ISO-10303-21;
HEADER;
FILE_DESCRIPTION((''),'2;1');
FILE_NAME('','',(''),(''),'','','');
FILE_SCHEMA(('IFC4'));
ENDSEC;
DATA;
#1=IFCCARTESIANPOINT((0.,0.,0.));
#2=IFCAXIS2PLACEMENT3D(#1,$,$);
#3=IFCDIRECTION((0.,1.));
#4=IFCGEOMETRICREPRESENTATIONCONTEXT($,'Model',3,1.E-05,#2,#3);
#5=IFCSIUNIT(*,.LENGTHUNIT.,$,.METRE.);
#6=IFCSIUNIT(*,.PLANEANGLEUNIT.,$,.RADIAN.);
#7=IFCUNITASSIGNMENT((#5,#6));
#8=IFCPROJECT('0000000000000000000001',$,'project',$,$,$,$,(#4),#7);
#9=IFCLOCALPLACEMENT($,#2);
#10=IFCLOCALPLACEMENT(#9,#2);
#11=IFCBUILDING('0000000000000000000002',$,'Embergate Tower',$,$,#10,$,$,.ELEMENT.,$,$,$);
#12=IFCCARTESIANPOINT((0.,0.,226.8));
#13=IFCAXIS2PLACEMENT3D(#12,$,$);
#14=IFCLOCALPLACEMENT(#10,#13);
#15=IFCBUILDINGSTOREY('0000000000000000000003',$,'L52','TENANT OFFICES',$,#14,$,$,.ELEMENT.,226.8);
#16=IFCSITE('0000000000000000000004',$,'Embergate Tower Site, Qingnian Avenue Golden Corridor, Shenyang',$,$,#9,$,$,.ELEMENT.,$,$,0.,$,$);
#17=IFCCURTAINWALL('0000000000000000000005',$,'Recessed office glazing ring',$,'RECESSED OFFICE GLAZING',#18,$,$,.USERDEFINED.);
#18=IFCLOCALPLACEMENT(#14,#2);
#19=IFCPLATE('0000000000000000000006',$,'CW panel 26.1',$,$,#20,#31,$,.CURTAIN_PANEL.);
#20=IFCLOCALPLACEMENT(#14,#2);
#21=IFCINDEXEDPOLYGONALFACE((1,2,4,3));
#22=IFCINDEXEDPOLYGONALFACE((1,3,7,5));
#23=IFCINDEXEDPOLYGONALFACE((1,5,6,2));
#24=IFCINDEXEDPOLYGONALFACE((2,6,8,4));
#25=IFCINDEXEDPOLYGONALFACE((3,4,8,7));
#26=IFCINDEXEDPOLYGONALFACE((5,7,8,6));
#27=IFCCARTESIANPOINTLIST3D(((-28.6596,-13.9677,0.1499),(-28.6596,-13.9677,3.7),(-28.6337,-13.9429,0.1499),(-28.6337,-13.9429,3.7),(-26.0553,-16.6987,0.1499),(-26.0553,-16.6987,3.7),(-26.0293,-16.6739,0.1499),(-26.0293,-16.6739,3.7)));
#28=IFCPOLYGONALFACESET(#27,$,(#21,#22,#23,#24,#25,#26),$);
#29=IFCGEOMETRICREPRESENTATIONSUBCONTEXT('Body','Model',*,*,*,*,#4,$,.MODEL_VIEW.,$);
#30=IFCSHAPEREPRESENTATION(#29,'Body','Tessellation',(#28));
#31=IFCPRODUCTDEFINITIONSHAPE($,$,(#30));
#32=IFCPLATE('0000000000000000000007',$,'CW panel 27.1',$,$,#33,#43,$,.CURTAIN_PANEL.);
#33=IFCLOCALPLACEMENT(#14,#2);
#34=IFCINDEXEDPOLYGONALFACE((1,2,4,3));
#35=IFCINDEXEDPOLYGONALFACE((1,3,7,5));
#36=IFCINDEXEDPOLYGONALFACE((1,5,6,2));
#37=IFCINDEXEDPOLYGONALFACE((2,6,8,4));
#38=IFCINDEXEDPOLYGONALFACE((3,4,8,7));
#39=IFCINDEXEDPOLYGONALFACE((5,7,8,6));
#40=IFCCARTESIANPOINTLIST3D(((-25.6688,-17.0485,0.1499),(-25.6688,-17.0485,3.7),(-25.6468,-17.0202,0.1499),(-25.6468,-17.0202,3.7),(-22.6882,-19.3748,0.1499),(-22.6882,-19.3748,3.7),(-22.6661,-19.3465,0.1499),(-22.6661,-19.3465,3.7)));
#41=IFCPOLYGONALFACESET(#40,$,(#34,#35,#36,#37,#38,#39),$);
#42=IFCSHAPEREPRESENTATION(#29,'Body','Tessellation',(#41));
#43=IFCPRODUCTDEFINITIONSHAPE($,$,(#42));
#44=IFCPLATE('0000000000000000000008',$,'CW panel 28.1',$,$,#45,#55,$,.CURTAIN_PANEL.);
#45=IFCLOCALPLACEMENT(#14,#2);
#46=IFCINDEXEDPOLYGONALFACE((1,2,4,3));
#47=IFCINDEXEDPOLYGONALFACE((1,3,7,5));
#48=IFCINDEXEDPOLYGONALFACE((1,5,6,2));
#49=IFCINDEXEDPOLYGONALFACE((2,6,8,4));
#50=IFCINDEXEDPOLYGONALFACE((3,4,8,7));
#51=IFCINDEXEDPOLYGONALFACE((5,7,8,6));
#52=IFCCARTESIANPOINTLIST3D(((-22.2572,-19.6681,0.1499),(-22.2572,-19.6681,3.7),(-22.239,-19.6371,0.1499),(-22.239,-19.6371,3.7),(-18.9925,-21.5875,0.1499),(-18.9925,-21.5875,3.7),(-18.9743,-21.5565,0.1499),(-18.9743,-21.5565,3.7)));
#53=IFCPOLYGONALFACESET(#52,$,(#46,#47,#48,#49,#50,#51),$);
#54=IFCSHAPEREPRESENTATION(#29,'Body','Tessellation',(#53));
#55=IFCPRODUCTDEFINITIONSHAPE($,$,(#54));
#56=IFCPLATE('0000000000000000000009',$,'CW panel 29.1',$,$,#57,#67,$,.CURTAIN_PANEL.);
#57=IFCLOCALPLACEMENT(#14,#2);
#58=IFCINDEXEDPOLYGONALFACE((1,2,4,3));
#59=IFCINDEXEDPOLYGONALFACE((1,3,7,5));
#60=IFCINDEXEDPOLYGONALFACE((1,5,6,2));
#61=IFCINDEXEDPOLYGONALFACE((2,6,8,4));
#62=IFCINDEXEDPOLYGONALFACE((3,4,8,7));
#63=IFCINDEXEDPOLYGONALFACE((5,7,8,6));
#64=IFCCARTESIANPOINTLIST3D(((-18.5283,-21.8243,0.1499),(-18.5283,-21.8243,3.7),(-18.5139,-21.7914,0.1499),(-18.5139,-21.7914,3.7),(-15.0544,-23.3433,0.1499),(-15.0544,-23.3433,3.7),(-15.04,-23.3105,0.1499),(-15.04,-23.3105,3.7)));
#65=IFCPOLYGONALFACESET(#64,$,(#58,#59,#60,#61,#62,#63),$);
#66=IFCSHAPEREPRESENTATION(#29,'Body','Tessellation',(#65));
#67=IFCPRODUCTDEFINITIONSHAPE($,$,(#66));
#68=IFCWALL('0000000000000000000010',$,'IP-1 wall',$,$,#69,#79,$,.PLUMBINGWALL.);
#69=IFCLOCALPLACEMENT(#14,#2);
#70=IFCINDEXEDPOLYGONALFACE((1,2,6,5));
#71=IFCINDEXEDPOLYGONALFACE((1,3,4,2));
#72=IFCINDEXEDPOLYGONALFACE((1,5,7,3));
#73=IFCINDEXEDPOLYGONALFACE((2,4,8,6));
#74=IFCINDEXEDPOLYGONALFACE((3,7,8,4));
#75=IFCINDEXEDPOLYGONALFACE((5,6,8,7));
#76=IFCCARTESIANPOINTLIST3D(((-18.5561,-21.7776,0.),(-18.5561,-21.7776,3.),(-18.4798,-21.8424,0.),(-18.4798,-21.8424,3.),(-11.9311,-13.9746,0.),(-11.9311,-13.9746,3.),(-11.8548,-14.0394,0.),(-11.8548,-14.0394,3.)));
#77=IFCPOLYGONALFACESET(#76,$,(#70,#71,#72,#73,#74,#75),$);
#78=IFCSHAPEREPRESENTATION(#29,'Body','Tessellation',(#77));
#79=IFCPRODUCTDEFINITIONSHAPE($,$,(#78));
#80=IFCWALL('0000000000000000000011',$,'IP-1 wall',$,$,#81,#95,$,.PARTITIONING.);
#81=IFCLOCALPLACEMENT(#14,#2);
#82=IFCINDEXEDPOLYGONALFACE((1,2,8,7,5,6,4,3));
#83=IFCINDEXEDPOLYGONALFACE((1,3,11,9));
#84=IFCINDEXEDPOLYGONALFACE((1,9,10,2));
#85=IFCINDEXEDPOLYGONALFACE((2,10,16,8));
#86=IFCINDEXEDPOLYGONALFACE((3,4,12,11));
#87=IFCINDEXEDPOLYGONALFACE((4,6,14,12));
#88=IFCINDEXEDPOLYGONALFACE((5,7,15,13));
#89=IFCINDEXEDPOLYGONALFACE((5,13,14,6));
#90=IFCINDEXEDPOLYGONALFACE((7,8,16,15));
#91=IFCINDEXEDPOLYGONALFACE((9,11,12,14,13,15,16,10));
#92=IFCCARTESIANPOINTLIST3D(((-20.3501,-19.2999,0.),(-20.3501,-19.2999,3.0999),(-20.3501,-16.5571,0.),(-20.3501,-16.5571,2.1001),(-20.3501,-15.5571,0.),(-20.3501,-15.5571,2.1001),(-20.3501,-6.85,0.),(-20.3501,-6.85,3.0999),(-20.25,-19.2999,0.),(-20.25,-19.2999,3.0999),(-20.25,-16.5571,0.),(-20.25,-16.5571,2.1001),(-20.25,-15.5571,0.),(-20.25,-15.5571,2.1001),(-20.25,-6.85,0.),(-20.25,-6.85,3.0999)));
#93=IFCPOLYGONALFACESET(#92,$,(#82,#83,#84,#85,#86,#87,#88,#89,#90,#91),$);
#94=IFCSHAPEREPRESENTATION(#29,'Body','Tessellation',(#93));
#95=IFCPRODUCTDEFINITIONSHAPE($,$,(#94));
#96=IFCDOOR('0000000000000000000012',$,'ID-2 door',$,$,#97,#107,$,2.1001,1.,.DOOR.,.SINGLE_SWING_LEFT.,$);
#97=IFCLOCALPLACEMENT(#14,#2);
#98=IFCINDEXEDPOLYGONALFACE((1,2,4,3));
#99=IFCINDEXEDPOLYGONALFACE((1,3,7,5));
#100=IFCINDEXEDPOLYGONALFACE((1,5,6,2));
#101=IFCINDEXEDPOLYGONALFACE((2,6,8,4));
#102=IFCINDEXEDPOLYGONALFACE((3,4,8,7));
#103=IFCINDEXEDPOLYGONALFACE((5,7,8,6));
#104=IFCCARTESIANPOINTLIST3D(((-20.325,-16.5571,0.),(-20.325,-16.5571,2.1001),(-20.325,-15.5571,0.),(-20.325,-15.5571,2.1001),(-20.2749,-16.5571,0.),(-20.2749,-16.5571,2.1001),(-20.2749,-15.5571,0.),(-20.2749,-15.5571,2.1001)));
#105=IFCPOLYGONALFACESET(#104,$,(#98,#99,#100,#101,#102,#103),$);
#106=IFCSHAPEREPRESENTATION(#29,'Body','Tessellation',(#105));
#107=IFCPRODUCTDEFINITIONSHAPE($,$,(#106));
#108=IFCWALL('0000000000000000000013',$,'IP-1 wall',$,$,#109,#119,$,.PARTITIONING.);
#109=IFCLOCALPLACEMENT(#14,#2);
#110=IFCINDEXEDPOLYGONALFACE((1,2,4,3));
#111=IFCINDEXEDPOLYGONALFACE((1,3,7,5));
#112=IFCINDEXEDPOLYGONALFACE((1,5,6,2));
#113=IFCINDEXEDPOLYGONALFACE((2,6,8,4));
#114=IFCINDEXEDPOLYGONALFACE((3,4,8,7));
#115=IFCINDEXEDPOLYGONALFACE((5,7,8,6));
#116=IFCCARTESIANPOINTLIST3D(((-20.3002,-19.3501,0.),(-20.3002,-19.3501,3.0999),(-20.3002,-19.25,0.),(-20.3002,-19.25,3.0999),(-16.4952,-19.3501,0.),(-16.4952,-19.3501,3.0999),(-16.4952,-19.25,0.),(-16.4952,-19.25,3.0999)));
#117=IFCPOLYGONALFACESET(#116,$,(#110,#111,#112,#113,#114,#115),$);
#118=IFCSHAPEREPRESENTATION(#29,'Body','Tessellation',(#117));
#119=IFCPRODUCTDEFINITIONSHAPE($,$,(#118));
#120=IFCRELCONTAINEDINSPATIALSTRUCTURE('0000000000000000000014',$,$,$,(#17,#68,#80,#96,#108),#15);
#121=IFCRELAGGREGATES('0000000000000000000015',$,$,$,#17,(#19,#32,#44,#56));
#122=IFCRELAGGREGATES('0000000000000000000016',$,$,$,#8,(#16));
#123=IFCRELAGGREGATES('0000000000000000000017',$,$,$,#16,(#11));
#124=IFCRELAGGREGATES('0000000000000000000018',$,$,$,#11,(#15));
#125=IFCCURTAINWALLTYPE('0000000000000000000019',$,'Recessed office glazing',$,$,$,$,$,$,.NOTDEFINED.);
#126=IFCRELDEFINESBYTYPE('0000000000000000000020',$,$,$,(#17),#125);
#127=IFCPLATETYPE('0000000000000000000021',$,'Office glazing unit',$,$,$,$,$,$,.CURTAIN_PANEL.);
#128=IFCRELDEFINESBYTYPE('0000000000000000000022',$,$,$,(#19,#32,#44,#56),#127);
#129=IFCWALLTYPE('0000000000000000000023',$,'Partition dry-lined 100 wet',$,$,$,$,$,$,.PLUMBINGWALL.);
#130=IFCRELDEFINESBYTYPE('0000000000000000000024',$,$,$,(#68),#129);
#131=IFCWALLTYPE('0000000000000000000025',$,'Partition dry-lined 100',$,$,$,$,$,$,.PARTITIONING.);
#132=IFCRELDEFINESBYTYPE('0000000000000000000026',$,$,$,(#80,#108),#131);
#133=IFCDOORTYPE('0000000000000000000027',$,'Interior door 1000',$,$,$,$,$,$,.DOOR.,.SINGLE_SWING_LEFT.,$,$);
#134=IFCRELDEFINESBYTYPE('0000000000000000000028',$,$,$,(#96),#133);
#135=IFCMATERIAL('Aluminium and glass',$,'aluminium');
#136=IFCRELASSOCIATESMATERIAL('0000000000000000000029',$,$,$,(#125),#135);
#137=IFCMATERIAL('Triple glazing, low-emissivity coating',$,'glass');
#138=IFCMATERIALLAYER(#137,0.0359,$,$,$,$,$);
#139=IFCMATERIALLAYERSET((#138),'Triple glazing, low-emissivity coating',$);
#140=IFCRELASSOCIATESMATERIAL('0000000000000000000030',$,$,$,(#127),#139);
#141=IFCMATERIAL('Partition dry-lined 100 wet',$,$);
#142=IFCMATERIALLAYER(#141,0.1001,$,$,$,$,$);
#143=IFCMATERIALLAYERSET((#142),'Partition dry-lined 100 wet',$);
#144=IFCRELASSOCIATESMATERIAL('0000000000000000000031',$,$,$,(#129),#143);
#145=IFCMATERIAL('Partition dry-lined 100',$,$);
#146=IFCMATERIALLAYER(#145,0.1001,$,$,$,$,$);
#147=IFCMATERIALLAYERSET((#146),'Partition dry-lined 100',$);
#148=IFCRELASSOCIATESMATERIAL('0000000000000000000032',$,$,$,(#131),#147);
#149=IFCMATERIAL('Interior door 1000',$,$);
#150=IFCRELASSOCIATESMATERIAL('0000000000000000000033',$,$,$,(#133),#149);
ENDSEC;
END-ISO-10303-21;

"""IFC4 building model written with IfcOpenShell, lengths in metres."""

from ifc_helpers import new_model, si_unit, direction, frame, frame_2d, origin, origin_2d, place, context, subcontext, project, spatial, rectangle, extrude, source, transform, mapped, material, layer, layer_set, type_object, element, fill, aggregate, save


model = new_model("IFC4")

# Units and contexts
model_context = context("Model", 3, precision=1e-05, world=origin(), true_north=direction((0.0, 1.0)))
body_context = subcontext(model_context, "Body", "Model", "MODEL_VIEW")
ifc_project = project(units=[si_unit("LENGTHUNIT", "METRE"), si_unit("PLANEANGLEUNIT", "RADIAN")], contexts=[model_context])

# Site, building, storey
site_placement = place(None, origin())
site = spatial("IfcSite", under=ifc_project, at=site_placement, Name="Embergate Tower Site, Qingnian Avenue Golden Corridor, Shenyang", CompositionType="ELEMENT", RefElevation=0.0)
building_placement = place(site_placement, origin())
building = spatial("IfcBuilding", under=site, at=building_placement, Name="Embergate Tower", CompositionType="ELEMENT")
storey_placement = place(building_placement, frame((0.0, 0.0, 226.8)))
storey = spatial("IfcBuildingStorey", under=building, at=storey_placement, Name="L52", Description="TENANT OFFICES", CompositionType="ELEMENT", Elevation=226.8)

# Curtain wall, plates
ifc_material_1 = material(Name="Aluminium and glass", Category="aluminium")
curtain_wall_type = type_object("IfcCurtainWallType", Name="Recessed office glazing", PredefinedType="NOTDEFINED", material=ifc_material_1)
curtain_wall_placement = place(storey_placement, origin())
curtain_wall = element("IfcCurtainWall", 1, at=curtain_wall_placement, inside=storey, type_object=curtain_wall_type, Name="Recessed office glazing ring", ObjectType="RECESSED OFFICE GLAZING", PredefinedType="USERDEFINED")
ifc_material_2 = material(Name="Triple glazing, low-emissivity coating", Category="glass")
ifc_layer_1 = layer(ifc_material_2, 0.0359)
ifc_layer_set_1 = layer_set([ifc_layer_1], Name="Triple glazing, low-emissivity coating")
plate_type = type_object("IfcPlateType", Name="Office glazing unit", PredefinedType="CURTAIN_PANEL", material=ifc_layer_set_1)
shared_shape_1 = source(origin(), body_context, "Body", "SweptSolid", [
    extrude(rectangle(XDim=3.7737, YDim=0.0359, at=origin_2d()), origin(), (0.0, 0.0, 1.0), 3.55),
])
plate_1_placement = place(storey_placement, frame((-27.3445, -15.3208, 0.1499), z_axis=(0.0, 0.0, 1.0), x_axis=(0.69013, -0.723685, 0.0)))
plate_1 = element("IfcPlate", 2, at=plate_1_placement, type_object=plate_type, Name="CW panel 26.1", PredefinedType="CURTAIN_PANEL", context=body_context, shape_type="MappedRepresentation", body=[
    mapped(shared_shape_1, transform((0.0, 0.0, 0.0))),
])
shared_shape_2 = source(origin(), body_context, "Body", "SweptSolid", [
    extrude(rectangle(XDim=3.781, YDim=0.0359, at=origin_2d()), origin(), (0.0, 0.0, 1.0), 3.55),
])
plate_2_placement = place(storey_placement, frame((-24.1675, -18.1975, 0.1499), z_axis=(0.0, 0.0, 1.0), x_axis=(0.788317, -0.615269, 0.0)))
plate_2 = element("IfcPlate", 3, at=plate_2_placement, type_object=plate_type, Name="CW panel 27.1", PredefinedType="CURTAIN_PANEL", context=body_context, shape_type="MappedRepresentation", body=[
    mapped(shared_shape_2, transform((0.0, 0.0, 0.0))),
])
shared_shape_3 = source(origin(), body_context, "Body", "SweptSolid", [
    extrude(rectangle(XDim=3.7871, YDim=0.0359, at=origin_2d()), origin(), (0.0, 0.0, 1.0), 3.55),
])
plate_3_placement = place(storey_placement, frame((-20.6157, -20.6123, 0.1499), z_axis=(0.0, 0.0, 1.0), x_axis=(0.862051, -0.506822, 0.0)))
plate_3 = element("IfcPlate", 4, at=plate_3_placement, type_object=plate_type, Name="CW panel 28.1", PredefinedType="CURTAIN_PANEL", context=body_context, shape_type="MappedRepresentation", body=[
    mapped(shared_shape_3, transform((0.0, 0.0, 0.0))),
])
shared_shape_4 = source(origin(), body_context, "Body", "SweptSolid", [
    extrude(rectangle(XDim=3.7915, YDim=0.0359, at=origin_2d()), origin(), (0.0, 0.0, 1.0), 3.55),
])
plate_4_placement = place(storey_placement, frame((-16.7842, -22.5674, 0.1499), z_axis=(0.0, 0.0, 1.0), x_axis=(0.916234, -0.400643, 0.0)))
plate_4 = element("IfcPlate", 5, at=plate_4_placement, type_object=plate_type, Name="CW panel 29.1", PredefinedType="CURTAIN_PANEL", context=body_context, shape_type="MappedRepresentation", body=[
    mapped(shared_shape_4, transform((0.0, 0.0, 0.0))),
])
aggregate(curtain_wall, [plate_1, plate_2, plate_3, plate_4])

# Wall
ifc_material_3 = material(Name="Partition dry-lined 100 wet")
ifc_layer_2 = layer(ifc_material_3, 0.1001)
ifc_layer_set_2 = layer_set([ifc_layer_2], Name="Partition dry-lined 100 wet")
wall_type_1 = type_object("IfcWallType", Name="Partition dry-lined 100 wet", PredefinedType="PLUMBINGWALL", material=ifc_layer_set_2)
shared_shape_5 = source(origin(), body_context, "Body", "SweptSolid", [
    extrude(rectangle(XDim=10.2361, YDim=0.1001, at=frame_2d((5.1182, 0.0))), origin(), (0.0, 0.0, 1.0), 3.0),
])
wall_1_placement = place(storey_placement, frame((-18.5181, -21.8101, 0.0), z_axis=(0.0, 0.0, 1.0), x_axis=(0.647221, 0.762302, 0.0)))
element("IfcWall", 6, at=wall_1_placement, inside=storey, type_object=wall_type_1, Name="IP-1 wall", PredefinedType="PLUMBINGWALL", context=body_context, shape_type="MappedRepresentation", body=[
    mapped(shared_shape_5, transform((0.0, 0.0, 0.0))),
])

# Wall, opening, door
ifc_material_4 = material(Name="Partition dry-lined 100")
ifc_layer_3 = layer(ifc_material_4, 0.1001)
ifc_layer_set_3 = layer_set([ifc_layer_3], Name="Partition dry-lined 100")
wall_type_2 = type_object("IfcWallType", Name="Partition dry-lined 100", PredefinedType="PARTITIONING", material=ifc_layer_set_3)
shared_shape_6 = source(origin(), body_context, "Body", "SweptSolid", [
    extrude(rectangle(XDim=12.45, YDim=0.1001, at=frame_2d((6.2251, 0.0))), origin(), (0.0, 0.0, 1.0), 3.0999),
])
wall_2_placement = place(storey_placement, frame((-20.3, -19.3, 0.0), z_axis=(0.0, 0.0, 1.0), x_axis=(0.0, 1.0, 0.0)))
wall_2 = element("IfcWall", 7, at=wall_2_placement, inside=storey, type_object=wall_type_2, Name="IP-1 wall", PredefinedType="PARTITIONING", context=body_context, shape_type="MappedRepresentation", body=[
    mapped(shared_shape_6, transform((0.0, 0.0, 0.0))),
])
shared_shape_7 = source(origin(), body_context, "Body", "SweptSolid", [
    extrude(rectangle(XDim=1.0, YDim=2.1001, at=frame_2d((0.5, 1.05))), frame((0.0, 0.0601, 0.0), z_axis=(0.0, -1.0, 0.0), x_axis=(1.0, 0.0, 0.0)), (0.0, 0.0, 1.0), 0.1201),
])
opening_placement = place(wall_2_placement, frame((2.7429, 0.0, 0.0)))
opening = element("IfcOpeningElement", 8, at=opening_placement, cuts=wall_2, PredefinedType="OPENING", context=body_context, shape_type="MappedRepresentation", body=[
    mapped(shared_shape_7, transform((0.0, 0.0, 0.0))),
])
ifc_material_5 = material(Name="Interior door 1000")
door_type = type_object("IfcDoorType", Name="Interior door 1000", OperationType="SINGLE_SWING_LEFT", PredefinedType="DOOR", material=ifc_material_5)
shared_shape_8 = source(origin(), body_context, "Body", "SweptSolid", [
    extrude(rectangle(XDim=1.0, YDim=2.1001, at=frame_2d((0.5, 1.05))), frame((0.0, 0.0249, 0.0), z_axis=(0.0, -1.0, 0.0), x_axis=(1.0, 0.0, 0.0)), (0.0, 0.0, 1.0), 0.05),
])
door_placement = place(opening_placement, origin())
door = element("IfcDoor", 9, at=door_placement, inside=storey, type_object=door_type, Name="ID-2 door", OperationType="SINGLE_SWING_LEFT", OverallHeight=2.1001, OverallWidth=1.0, PredefinedType="DOOR", context=body_context, shape_type="MappedRepresentation", body=[
    mapped(shared_shape_8, transform((0.0, 0.0, 0.0))),
])
fill(opening, door)

# Wall
shared_shape_9 = source(origin(), body_context, "Body", "SweptSolid", [
    extrude(rectangle(XDim=3.8049, YDim=0.1001, at=frame_2d((1.9023, 0.0))), origin(), (0.0, 0.0, 1.0), 3.0999),
])
wall_3_placement = place(storey_placement, frame((-20.3, -19.3, 0.0), z_axis=(0.0, 0.0, 1.0), x_axis=(1.0, 0.0, 0.0)))
element("IfcWall", 10, at=wall_3_placement, inside=storey, type_object=wall_type_2, Name="IP-1 wall", PredefinedType="PARTITIONING", context=body_context, shape_type="MappedRepresentation", body=[
    mapped(shared_shape_9, transform((0.0, 0.0, 0.0))),
])

save(model, "model.ifc")
